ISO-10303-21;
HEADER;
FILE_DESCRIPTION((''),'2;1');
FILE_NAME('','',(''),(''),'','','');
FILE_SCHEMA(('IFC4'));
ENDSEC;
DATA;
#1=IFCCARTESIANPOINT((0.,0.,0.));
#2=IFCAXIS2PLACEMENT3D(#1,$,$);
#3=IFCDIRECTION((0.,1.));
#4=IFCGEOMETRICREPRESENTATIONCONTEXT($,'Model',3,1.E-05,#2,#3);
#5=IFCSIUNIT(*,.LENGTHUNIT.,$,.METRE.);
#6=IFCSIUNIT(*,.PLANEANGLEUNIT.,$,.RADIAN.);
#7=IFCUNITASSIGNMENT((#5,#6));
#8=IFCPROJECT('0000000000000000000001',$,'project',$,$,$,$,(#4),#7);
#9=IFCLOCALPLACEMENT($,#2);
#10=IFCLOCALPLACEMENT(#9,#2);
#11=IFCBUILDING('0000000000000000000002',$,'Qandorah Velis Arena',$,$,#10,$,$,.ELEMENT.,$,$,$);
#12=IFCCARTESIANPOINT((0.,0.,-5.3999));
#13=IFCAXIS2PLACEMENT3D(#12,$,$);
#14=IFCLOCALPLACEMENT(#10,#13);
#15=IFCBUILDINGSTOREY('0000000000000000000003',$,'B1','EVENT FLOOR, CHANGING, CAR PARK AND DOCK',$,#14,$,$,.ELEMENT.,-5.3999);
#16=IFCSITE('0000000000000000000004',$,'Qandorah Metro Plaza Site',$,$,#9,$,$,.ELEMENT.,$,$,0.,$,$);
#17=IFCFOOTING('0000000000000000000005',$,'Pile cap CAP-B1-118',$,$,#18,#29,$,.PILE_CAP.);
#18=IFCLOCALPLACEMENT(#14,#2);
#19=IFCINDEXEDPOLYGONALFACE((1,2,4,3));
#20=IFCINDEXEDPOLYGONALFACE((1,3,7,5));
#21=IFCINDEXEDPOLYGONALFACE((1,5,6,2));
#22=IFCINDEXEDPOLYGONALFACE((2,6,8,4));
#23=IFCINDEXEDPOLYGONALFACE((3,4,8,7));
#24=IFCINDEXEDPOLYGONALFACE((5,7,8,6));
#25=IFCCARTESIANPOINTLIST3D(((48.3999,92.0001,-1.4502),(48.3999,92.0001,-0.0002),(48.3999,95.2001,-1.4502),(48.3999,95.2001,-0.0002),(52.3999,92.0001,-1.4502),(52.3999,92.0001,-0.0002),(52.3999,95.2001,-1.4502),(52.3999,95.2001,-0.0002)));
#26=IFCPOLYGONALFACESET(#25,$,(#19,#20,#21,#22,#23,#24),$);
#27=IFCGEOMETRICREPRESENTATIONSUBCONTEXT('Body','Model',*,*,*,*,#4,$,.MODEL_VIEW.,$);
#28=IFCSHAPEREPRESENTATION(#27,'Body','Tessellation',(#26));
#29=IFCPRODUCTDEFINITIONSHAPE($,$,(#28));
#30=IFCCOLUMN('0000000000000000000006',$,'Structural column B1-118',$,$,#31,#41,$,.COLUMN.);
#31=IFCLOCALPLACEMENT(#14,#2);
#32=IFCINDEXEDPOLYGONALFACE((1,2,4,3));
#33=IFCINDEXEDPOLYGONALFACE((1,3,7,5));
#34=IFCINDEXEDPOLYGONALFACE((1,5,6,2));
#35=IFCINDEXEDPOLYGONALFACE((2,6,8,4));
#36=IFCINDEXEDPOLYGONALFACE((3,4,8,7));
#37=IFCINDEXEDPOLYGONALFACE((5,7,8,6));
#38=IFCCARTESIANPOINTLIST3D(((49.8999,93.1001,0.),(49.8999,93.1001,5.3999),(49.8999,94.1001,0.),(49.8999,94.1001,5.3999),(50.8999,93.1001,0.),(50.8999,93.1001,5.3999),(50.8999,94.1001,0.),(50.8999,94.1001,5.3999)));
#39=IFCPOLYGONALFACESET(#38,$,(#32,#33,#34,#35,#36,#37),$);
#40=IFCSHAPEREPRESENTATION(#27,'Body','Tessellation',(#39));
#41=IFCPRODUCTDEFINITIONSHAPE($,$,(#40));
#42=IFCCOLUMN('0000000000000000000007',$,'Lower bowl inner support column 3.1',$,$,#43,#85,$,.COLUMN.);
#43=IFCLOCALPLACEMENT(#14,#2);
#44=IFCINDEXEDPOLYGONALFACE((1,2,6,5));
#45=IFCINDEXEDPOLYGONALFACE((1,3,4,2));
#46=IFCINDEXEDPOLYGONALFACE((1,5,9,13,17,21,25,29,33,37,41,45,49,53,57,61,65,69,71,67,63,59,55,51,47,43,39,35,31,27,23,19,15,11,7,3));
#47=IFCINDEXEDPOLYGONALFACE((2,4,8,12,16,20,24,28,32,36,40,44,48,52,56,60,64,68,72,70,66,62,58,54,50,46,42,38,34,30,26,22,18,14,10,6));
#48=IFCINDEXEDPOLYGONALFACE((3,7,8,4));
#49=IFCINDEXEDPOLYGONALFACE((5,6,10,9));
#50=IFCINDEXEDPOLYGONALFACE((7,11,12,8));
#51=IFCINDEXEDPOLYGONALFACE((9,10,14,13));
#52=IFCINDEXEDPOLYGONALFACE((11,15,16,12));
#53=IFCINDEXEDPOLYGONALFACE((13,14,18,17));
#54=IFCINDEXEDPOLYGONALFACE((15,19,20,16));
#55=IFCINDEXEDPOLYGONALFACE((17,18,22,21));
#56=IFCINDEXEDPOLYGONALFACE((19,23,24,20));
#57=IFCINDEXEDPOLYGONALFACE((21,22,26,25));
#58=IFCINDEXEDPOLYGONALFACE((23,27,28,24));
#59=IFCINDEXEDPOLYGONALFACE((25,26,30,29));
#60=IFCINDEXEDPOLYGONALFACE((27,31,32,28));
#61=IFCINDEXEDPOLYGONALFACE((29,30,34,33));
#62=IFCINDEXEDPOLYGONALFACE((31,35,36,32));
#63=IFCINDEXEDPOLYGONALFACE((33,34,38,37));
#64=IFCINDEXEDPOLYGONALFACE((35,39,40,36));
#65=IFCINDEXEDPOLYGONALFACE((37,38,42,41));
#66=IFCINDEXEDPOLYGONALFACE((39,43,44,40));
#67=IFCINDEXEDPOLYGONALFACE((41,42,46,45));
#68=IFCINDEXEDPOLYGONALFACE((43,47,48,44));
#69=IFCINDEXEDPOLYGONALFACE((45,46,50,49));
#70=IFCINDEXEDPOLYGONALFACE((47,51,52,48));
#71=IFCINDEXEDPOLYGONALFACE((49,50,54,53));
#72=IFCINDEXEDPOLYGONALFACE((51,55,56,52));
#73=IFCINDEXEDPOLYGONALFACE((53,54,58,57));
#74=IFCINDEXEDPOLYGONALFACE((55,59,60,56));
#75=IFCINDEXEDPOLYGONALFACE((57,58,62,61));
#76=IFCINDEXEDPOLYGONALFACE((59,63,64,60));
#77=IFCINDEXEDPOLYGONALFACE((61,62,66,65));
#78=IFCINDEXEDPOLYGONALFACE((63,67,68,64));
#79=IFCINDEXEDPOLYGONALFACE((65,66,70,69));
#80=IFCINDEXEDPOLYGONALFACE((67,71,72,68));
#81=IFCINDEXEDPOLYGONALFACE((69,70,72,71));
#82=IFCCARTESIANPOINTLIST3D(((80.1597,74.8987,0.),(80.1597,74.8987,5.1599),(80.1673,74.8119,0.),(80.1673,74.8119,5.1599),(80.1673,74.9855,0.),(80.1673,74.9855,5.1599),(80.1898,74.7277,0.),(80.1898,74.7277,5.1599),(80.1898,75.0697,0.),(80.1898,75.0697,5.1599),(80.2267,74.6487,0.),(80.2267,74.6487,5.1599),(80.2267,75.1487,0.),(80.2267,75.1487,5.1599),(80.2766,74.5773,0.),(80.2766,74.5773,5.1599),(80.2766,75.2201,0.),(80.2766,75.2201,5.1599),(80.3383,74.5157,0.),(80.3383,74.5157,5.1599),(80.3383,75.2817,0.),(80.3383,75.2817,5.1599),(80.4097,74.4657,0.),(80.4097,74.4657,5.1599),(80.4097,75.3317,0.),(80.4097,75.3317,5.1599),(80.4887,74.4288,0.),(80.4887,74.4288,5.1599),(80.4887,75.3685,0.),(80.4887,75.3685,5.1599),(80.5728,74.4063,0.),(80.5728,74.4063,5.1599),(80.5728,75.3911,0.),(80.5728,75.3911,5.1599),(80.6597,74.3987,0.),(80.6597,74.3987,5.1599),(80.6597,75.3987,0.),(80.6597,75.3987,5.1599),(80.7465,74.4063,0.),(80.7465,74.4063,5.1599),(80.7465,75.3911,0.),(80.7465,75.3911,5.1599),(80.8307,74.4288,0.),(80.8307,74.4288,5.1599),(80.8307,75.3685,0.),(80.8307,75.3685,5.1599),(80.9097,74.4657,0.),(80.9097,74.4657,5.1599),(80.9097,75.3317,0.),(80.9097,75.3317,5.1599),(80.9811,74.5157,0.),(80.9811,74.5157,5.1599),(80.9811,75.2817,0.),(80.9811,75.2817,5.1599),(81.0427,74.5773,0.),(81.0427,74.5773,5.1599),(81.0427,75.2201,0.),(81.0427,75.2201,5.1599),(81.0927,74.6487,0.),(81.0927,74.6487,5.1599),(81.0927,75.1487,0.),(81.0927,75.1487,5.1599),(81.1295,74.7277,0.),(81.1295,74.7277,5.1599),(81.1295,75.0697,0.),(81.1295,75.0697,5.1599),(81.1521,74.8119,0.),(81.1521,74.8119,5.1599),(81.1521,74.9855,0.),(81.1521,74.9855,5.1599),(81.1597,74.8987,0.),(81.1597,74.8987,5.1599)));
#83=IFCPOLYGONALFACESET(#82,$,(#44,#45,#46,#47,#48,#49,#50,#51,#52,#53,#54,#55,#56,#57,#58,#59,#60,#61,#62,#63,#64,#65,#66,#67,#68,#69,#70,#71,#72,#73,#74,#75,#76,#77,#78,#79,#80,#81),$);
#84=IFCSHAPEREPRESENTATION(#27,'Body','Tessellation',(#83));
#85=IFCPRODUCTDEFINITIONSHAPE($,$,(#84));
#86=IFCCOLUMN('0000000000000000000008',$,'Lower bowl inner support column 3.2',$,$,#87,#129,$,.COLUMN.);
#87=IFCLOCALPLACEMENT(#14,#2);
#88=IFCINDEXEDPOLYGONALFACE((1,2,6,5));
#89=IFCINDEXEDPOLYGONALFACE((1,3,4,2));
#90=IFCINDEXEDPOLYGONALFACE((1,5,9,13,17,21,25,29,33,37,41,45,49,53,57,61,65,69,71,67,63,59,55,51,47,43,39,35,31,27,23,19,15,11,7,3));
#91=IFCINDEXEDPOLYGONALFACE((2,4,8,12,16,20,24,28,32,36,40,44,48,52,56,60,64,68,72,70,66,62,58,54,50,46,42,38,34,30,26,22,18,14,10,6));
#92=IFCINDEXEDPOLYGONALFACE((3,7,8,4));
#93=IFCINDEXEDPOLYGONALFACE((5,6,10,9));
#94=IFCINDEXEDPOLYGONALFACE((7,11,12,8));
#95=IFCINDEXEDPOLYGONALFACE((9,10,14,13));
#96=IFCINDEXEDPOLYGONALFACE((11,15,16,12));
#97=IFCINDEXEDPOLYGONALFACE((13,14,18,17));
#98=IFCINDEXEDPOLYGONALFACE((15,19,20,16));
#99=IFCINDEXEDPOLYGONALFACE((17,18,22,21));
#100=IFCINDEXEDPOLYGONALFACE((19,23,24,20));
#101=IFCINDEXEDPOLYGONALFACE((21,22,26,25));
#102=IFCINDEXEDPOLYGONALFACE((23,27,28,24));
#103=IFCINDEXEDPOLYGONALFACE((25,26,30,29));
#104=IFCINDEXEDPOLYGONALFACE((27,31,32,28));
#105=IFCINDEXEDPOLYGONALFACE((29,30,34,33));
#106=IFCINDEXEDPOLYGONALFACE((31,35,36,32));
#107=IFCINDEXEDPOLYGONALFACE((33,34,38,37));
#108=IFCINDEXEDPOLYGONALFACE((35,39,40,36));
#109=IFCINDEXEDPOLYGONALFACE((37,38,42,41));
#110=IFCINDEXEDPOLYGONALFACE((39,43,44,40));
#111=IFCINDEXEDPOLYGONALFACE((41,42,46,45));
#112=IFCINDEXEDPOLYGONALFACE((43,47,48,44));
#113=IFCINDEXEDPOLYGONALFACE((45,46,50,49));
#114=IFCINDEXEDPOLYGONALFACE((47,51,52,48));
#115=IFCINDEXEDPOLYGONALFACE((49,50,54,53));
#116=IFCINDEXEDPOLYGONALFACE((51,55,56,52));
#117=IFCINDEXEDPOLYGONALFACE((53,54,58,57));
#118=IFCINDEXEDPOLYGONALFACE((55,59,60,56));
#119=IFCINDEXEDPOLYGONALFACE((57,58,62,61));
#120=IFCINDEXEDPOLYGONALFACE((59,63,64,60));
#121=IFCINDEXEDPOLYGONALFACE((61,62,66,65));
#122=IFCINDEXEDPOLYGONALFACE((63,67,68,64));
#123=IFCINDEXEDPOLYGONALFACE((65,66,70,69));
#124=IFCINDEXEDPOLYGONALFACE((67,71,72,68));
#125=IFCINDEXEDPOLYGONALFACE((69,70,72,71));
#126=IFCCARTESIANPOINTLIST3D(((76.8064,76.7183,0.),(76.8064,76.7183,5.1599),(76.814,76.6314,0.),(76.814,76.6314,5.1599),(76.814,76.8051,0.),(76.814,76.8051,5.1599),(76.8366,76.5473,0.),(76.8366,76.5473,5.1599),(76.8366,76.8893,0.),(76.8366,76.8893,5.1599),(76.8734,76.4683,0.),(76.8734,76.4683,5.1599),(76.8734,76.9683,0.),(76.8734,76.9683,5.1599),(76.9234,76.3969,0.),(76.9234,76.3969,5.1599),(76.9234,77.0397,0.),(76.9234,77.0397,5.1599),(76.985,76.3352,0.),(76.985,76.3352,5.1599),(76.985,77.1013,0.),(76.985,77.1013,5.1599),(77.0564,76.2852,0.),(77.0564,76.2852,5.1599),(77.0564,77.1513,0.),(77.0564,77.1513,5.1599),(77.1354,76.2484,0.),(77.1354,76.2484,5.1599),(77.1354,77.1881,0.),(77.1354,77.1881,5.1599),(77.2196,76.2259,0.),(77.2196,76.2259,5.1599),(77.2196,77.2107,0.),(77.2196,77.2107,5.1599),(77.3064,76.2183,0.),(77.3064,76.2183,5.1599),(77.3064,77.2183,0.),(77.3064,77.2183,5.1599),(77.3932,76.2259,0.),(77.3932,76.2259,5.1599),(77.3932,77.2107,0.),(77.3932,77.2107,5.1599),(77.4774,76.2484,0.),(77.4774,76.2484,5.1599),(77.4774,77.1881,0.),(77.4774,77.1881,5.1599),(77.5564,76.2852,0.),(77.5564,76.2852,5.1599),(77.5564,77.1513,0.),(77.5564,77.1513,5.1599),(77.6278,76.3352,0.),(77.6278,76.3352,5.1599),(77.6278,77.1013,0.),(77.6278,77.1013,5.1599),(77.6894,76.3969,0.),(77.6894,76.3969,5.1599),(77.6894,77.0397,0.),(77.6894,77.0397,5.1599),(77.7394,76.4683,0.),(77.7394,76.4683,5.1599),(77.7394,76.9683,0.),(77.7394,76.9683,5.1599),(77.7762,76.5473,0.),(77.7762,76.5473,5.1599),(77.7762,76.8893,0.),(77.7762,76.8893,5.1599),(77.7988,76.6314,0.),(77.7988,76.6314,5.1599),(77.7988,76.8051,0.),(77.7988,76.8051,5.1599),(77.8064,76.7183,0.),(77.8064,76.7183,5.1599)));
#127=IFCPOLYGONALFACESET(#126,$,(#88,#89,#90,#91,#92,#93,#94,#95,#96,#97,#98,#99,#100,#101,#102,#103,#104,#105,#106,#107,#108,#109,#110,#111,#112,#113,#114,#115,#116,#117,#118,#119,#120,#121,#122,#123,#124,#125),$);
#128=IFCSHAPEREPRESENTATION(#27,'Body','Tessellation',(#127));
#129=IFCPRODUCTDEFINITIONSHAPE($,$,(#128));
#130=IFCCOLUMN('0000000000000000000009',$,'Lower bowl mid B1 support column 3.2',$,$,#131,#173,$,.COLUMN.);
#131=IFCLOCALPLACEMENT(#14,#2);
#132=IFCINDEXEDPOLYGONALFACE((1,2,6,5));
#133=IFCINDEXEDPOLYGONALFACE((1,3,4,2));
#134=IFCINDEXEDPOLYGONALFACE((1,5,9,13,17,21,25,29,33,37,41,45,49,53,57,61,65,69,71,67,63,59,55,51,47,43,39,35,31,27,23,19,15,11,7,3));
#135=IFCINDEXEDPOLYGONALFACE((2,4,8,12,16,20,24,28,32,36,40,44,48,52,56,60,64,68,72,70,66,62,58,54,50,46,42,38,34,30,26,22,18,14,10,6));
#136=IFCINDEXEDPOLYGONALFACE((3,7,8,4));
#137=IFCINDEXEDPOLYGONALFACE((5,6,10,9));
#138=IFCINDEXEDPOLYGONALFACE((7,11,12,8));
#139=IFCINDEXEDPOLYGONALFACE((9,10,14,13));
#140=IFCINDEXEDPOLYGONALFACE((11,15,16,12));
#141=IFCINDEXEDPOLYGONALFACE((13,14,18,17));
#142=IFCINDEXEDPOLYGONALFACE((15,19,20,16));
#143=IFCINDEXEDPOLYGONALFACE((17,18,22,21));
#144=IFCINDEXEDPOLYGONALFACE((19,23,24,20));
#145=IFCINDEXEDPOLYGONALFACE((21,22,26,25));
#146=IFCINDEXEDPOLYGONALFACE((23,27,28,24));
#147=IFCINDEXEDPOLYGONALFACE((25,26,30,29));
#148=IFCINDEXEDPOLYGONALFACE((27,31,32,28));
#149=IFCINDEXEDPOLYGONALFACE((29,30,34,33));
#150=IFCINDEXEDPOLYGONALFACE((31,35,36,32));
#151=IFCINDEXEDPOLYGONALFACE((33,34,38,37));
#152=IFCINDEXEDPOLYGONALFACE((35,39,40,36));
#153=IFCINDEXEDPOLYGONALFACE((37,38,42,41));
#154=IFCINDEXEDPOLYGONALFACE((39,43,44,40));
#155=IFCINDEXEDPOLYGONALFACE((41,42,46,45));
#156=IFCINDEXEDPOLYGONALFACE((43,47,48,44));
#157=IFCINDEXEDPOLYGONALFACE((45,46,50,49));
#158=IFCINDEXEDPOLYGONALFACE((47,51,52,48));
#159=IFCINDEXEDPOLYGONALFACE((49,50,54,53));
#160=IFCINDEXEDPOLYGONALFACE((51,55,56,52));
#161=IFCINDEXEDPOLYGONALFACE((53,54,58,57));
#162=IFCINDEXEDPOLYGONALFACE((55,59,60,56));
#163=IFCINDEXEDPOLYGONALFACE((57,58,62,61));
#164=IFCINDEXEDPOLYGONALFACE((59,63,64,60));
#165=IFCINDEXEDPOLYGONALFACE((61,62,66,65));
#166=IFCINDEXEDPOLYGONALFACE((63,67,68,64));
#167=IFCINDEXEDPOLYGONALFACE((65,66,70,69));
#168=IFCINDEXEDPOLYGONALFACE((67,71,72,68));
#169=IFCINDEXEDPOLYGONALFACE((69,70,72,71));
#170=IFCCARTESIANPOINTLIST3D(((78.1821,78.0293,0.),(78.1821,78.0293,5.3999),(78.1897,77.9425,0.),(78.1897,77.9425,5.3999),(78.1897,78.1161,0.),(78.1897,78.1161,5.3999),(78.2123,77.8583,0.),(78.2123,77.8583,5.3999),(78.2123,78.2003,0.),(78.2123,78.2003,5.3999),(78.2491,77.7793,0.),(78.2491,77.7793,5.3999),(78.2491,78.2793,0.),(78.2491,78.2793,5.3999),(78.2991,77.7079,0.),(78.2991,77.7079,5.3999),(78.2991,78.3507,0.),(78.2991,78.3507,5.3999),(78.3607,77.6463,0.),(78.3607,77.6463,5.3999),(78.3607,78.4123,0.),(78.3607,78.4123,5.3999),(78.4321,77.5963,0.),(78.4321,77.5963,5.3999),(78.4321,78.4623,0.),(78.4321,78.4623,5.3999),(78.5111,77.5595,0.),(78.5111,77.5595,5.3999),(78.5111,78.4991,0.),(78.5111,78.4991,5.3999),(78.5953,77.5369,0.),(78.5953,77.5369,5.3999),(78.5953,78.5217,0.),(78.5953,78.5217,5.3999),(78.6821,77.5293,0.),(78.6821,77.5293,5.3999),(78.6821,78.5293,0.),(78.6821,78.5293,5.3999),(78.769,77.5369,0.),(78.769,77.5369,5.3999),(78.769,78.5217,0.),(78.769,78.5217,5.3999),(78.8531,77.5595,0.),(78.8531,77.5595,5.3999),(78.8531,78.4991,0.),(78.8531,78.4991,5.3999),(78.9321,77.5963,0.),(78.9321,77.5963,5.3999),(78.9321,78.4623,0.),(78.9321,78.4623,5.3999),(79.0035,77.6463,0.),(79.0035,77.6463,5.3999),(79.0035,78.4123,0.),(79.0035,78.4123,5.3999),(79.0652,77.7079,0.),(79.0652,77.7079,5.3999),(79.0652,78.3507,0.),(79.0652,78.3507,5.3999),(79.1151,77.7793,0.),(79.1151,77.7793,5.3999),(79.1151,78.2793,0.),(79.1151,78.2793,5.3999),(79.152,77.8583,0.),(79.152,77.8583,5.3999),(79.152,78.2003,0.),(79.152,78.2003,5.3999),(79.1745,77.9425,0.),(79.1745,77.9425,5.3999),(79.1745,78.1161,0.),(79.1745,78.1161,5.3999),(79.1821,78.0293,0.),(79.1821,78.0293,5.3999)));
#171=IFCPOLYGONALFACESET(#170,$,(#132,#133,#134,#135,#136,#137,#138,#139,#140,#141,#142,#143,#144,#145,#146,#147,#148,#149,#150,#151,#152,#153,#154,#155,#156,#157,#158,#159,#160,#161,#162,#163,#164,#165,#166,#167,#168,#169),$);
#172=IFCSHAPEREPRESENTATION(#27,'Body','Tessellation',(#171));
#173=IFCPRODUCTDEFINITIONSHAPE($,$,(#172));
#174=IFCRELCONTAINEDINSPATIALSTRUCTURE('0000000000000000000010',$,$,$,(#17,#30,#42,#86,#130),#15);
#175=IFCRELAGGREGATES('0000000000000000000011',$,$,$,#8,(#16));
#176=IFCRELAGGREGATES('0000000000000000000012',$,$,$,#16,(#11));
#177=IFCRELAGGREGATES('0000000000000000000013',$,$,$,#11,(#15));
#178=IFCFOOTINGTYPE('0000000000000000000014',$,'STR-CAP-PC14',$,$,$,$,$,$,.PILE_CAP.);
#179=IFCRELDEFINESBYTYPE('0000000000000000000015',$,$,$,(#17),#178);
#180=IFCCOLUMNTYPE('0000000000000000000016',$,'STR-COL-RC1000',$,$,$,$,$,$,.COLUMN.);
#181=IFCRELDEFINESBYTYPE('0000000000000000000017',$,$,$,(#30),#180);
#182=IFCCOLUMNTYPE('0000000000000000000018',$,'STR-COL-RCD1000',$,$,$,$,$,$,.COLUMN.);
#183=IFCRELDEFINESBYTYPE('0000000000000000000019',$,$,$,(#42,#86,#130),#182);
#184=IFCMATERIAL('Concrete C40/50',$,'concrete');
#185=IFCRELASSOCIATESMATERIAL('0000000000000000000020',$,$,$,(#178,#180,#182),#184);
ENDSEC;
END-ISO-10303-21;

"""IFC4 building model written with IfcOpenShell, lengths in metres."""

from ifc_helpers import new_model, si_unit, direction, frame, origin, origin_2d, place, context, subcontext, project, spatial, rectangle, circle, extrude, material, material_profile, profile_set, type_object, element, save


model = new_model("IFC4")

# Units and contexts
model_context = context("Model", 3, precision=1e-05, world=origin(), true_north=direction((0.0, 1.0)))
body_context = subcontext(model_context, "Body", "Model", "MODEL_VIEW")
ifc_project = project(units=[si_unit("LENGTHUNIT", "METRE"), si_unit("PLANEANGLEUNIT", "RADIAN")], contexts=[model_context])

# Site, building, storey
site_placement = place(None, origin())
site = spatial("IfcSite", under=ifc_project, at=site_placement, Name="Qandorah Metro Plaza Site", CompositionType="ELEMENT", RefElevation=0.0)
building_placement = place(site_placement, origin())
building = spatial("IfcBuilding", under=site, at=building_placement, Name="Qandorah Velis Arena", CompositionType="ELEMENT")
storey_placement = place(building_placement, frame((0.0, 0.0, -5.3999)))
storey = spatial("IfcBuildingStorey", under=building, at=storey_placement, Name="B1", Description="EVENT FLOOR, CHANGING, CAR PARK AND DOCK", CompositionType="ELEMENT", Elevation=-5.3999)

# Footing
ifc_material = material(Name="Concrete C40/50", Category="concrete")
footing_type = type_object("IfcFootingType", Name="STR-CAP-PC14", PredefinedType="PILE_CAP", material=ifc_material)
footing_placement = place(storey_placement, frame((50.3999, 93.6001, -1.4502), z_axis=(0.0, 0.0, 1.0), x_axis=(1.0, 0.0, 0.0)))
element("IfcFooting", 1, at=footing_placement, inside=storey, type_object=footing_type, Name="Pile cap CAP-B1-118", PredefinedType="PILE_CAP", context=body_context, shape_type="SweptSolid", body=[
    extrude(rectangle(XDim=4.0, YDim=3.2, at=origin_2d()), origin(), (0.0, 0.0, 1.0), 1.45),
])

# Columns
ifc_material_profile_1 = material_profile(ifc_material, rectangle(XDim=1.0, YDim=1.0, at=origin_2d()), Name="RC COL 1000x1000")
ifc_profile_set_1 = profile_set([ifc_material_profile_1], Name="Concrete C40/50")
column_type_1 = type_object("IfcColumnType", Name="STR-COL-RC1000", PredefinedType="COLUMN", material=ifc_profile_set_1)
column_1_placement = place(storey_placement, frame((50.3999, 93.6001, 0.0), z_axis=(0.0, 0.0, 1.0), x_axis=(1.0, 0.0, 0.0)))
element("IfcColumn", 2, at=column_1_placement, inside=storey, type_object=column_type_1, Name="Structural column B1-118", PredefinedType="COLUMN", context=body_context, shape_type="SweptSolid", body=[
    extrude(rectangle(XDim=1.0, YDim=1.0, at=origin_2d()), origin(), (0.0, 0.0, 1.0), 5.3999),
])
ifc_material_profile_2 = material_profile(ifc_material, circle(Radius=0.5, at=origin_2d()), Name="RC D1000")
ifc_profile_set_2 = profile_set([ifc_material_profile_2], Name="Concrete C40/50")
column_type_2 = type_object("IfcColumnType", Name="STR-COL-RCD1000", PredefinedType="COLUMN", material=ifc_profile_set_2)
for number, where, z_axis, x_axis, name in (
    (3, (80.6597, 74.8987, 0.0), (0.0, 0.0, 1.0), (1.0, 0.0, 0.0), "Lower bowl inner support column 3.1"),
    (4, (77.3064, 76.7183, 0.0), (0.0, 0.0, 1.0), (1.0, 0.0, 0.0), "Lower bowl inner support column 3.2"),
):
    element("IfcColumn", number, at=place(storey_placement, frame(where, z_axis=z_axis, x_axis=x_axis)), inside=storey, type_object=column_type_2, Name=name, PredefinedType="COLUMN", context=body_context, shape_type="SweptSolid", body=[
        extrude(circle(Radius=0.5, at=origin_2d()), origin(), (0.0, 0.0, 1.0), 5.1599),
    ])
for number, where, z_axis, x_axis, name in (
    (5, (78.6821, 78.0293, 0.0), (0.0, 0.0, 1.0), (1.0, 0.0, 0.0), "Lower bowl mid B1 support column 3.2"),
):
    element("IfcColumn", number, at=place(storey_placement, frame(where, z_axis=z_axis, x_axis=x_axis)), inside=storey, type_object=column_type_2, Name=name, PredefinedType="COLUMN", context=body_context, shape_type="SweptSolid", body=[
        extrude(circle(Radius=0.5, at=origin_2d()), origin(), (0.0, 0.0, 1.0), 5.3999),
    ])

save(model, "model.ifc")
